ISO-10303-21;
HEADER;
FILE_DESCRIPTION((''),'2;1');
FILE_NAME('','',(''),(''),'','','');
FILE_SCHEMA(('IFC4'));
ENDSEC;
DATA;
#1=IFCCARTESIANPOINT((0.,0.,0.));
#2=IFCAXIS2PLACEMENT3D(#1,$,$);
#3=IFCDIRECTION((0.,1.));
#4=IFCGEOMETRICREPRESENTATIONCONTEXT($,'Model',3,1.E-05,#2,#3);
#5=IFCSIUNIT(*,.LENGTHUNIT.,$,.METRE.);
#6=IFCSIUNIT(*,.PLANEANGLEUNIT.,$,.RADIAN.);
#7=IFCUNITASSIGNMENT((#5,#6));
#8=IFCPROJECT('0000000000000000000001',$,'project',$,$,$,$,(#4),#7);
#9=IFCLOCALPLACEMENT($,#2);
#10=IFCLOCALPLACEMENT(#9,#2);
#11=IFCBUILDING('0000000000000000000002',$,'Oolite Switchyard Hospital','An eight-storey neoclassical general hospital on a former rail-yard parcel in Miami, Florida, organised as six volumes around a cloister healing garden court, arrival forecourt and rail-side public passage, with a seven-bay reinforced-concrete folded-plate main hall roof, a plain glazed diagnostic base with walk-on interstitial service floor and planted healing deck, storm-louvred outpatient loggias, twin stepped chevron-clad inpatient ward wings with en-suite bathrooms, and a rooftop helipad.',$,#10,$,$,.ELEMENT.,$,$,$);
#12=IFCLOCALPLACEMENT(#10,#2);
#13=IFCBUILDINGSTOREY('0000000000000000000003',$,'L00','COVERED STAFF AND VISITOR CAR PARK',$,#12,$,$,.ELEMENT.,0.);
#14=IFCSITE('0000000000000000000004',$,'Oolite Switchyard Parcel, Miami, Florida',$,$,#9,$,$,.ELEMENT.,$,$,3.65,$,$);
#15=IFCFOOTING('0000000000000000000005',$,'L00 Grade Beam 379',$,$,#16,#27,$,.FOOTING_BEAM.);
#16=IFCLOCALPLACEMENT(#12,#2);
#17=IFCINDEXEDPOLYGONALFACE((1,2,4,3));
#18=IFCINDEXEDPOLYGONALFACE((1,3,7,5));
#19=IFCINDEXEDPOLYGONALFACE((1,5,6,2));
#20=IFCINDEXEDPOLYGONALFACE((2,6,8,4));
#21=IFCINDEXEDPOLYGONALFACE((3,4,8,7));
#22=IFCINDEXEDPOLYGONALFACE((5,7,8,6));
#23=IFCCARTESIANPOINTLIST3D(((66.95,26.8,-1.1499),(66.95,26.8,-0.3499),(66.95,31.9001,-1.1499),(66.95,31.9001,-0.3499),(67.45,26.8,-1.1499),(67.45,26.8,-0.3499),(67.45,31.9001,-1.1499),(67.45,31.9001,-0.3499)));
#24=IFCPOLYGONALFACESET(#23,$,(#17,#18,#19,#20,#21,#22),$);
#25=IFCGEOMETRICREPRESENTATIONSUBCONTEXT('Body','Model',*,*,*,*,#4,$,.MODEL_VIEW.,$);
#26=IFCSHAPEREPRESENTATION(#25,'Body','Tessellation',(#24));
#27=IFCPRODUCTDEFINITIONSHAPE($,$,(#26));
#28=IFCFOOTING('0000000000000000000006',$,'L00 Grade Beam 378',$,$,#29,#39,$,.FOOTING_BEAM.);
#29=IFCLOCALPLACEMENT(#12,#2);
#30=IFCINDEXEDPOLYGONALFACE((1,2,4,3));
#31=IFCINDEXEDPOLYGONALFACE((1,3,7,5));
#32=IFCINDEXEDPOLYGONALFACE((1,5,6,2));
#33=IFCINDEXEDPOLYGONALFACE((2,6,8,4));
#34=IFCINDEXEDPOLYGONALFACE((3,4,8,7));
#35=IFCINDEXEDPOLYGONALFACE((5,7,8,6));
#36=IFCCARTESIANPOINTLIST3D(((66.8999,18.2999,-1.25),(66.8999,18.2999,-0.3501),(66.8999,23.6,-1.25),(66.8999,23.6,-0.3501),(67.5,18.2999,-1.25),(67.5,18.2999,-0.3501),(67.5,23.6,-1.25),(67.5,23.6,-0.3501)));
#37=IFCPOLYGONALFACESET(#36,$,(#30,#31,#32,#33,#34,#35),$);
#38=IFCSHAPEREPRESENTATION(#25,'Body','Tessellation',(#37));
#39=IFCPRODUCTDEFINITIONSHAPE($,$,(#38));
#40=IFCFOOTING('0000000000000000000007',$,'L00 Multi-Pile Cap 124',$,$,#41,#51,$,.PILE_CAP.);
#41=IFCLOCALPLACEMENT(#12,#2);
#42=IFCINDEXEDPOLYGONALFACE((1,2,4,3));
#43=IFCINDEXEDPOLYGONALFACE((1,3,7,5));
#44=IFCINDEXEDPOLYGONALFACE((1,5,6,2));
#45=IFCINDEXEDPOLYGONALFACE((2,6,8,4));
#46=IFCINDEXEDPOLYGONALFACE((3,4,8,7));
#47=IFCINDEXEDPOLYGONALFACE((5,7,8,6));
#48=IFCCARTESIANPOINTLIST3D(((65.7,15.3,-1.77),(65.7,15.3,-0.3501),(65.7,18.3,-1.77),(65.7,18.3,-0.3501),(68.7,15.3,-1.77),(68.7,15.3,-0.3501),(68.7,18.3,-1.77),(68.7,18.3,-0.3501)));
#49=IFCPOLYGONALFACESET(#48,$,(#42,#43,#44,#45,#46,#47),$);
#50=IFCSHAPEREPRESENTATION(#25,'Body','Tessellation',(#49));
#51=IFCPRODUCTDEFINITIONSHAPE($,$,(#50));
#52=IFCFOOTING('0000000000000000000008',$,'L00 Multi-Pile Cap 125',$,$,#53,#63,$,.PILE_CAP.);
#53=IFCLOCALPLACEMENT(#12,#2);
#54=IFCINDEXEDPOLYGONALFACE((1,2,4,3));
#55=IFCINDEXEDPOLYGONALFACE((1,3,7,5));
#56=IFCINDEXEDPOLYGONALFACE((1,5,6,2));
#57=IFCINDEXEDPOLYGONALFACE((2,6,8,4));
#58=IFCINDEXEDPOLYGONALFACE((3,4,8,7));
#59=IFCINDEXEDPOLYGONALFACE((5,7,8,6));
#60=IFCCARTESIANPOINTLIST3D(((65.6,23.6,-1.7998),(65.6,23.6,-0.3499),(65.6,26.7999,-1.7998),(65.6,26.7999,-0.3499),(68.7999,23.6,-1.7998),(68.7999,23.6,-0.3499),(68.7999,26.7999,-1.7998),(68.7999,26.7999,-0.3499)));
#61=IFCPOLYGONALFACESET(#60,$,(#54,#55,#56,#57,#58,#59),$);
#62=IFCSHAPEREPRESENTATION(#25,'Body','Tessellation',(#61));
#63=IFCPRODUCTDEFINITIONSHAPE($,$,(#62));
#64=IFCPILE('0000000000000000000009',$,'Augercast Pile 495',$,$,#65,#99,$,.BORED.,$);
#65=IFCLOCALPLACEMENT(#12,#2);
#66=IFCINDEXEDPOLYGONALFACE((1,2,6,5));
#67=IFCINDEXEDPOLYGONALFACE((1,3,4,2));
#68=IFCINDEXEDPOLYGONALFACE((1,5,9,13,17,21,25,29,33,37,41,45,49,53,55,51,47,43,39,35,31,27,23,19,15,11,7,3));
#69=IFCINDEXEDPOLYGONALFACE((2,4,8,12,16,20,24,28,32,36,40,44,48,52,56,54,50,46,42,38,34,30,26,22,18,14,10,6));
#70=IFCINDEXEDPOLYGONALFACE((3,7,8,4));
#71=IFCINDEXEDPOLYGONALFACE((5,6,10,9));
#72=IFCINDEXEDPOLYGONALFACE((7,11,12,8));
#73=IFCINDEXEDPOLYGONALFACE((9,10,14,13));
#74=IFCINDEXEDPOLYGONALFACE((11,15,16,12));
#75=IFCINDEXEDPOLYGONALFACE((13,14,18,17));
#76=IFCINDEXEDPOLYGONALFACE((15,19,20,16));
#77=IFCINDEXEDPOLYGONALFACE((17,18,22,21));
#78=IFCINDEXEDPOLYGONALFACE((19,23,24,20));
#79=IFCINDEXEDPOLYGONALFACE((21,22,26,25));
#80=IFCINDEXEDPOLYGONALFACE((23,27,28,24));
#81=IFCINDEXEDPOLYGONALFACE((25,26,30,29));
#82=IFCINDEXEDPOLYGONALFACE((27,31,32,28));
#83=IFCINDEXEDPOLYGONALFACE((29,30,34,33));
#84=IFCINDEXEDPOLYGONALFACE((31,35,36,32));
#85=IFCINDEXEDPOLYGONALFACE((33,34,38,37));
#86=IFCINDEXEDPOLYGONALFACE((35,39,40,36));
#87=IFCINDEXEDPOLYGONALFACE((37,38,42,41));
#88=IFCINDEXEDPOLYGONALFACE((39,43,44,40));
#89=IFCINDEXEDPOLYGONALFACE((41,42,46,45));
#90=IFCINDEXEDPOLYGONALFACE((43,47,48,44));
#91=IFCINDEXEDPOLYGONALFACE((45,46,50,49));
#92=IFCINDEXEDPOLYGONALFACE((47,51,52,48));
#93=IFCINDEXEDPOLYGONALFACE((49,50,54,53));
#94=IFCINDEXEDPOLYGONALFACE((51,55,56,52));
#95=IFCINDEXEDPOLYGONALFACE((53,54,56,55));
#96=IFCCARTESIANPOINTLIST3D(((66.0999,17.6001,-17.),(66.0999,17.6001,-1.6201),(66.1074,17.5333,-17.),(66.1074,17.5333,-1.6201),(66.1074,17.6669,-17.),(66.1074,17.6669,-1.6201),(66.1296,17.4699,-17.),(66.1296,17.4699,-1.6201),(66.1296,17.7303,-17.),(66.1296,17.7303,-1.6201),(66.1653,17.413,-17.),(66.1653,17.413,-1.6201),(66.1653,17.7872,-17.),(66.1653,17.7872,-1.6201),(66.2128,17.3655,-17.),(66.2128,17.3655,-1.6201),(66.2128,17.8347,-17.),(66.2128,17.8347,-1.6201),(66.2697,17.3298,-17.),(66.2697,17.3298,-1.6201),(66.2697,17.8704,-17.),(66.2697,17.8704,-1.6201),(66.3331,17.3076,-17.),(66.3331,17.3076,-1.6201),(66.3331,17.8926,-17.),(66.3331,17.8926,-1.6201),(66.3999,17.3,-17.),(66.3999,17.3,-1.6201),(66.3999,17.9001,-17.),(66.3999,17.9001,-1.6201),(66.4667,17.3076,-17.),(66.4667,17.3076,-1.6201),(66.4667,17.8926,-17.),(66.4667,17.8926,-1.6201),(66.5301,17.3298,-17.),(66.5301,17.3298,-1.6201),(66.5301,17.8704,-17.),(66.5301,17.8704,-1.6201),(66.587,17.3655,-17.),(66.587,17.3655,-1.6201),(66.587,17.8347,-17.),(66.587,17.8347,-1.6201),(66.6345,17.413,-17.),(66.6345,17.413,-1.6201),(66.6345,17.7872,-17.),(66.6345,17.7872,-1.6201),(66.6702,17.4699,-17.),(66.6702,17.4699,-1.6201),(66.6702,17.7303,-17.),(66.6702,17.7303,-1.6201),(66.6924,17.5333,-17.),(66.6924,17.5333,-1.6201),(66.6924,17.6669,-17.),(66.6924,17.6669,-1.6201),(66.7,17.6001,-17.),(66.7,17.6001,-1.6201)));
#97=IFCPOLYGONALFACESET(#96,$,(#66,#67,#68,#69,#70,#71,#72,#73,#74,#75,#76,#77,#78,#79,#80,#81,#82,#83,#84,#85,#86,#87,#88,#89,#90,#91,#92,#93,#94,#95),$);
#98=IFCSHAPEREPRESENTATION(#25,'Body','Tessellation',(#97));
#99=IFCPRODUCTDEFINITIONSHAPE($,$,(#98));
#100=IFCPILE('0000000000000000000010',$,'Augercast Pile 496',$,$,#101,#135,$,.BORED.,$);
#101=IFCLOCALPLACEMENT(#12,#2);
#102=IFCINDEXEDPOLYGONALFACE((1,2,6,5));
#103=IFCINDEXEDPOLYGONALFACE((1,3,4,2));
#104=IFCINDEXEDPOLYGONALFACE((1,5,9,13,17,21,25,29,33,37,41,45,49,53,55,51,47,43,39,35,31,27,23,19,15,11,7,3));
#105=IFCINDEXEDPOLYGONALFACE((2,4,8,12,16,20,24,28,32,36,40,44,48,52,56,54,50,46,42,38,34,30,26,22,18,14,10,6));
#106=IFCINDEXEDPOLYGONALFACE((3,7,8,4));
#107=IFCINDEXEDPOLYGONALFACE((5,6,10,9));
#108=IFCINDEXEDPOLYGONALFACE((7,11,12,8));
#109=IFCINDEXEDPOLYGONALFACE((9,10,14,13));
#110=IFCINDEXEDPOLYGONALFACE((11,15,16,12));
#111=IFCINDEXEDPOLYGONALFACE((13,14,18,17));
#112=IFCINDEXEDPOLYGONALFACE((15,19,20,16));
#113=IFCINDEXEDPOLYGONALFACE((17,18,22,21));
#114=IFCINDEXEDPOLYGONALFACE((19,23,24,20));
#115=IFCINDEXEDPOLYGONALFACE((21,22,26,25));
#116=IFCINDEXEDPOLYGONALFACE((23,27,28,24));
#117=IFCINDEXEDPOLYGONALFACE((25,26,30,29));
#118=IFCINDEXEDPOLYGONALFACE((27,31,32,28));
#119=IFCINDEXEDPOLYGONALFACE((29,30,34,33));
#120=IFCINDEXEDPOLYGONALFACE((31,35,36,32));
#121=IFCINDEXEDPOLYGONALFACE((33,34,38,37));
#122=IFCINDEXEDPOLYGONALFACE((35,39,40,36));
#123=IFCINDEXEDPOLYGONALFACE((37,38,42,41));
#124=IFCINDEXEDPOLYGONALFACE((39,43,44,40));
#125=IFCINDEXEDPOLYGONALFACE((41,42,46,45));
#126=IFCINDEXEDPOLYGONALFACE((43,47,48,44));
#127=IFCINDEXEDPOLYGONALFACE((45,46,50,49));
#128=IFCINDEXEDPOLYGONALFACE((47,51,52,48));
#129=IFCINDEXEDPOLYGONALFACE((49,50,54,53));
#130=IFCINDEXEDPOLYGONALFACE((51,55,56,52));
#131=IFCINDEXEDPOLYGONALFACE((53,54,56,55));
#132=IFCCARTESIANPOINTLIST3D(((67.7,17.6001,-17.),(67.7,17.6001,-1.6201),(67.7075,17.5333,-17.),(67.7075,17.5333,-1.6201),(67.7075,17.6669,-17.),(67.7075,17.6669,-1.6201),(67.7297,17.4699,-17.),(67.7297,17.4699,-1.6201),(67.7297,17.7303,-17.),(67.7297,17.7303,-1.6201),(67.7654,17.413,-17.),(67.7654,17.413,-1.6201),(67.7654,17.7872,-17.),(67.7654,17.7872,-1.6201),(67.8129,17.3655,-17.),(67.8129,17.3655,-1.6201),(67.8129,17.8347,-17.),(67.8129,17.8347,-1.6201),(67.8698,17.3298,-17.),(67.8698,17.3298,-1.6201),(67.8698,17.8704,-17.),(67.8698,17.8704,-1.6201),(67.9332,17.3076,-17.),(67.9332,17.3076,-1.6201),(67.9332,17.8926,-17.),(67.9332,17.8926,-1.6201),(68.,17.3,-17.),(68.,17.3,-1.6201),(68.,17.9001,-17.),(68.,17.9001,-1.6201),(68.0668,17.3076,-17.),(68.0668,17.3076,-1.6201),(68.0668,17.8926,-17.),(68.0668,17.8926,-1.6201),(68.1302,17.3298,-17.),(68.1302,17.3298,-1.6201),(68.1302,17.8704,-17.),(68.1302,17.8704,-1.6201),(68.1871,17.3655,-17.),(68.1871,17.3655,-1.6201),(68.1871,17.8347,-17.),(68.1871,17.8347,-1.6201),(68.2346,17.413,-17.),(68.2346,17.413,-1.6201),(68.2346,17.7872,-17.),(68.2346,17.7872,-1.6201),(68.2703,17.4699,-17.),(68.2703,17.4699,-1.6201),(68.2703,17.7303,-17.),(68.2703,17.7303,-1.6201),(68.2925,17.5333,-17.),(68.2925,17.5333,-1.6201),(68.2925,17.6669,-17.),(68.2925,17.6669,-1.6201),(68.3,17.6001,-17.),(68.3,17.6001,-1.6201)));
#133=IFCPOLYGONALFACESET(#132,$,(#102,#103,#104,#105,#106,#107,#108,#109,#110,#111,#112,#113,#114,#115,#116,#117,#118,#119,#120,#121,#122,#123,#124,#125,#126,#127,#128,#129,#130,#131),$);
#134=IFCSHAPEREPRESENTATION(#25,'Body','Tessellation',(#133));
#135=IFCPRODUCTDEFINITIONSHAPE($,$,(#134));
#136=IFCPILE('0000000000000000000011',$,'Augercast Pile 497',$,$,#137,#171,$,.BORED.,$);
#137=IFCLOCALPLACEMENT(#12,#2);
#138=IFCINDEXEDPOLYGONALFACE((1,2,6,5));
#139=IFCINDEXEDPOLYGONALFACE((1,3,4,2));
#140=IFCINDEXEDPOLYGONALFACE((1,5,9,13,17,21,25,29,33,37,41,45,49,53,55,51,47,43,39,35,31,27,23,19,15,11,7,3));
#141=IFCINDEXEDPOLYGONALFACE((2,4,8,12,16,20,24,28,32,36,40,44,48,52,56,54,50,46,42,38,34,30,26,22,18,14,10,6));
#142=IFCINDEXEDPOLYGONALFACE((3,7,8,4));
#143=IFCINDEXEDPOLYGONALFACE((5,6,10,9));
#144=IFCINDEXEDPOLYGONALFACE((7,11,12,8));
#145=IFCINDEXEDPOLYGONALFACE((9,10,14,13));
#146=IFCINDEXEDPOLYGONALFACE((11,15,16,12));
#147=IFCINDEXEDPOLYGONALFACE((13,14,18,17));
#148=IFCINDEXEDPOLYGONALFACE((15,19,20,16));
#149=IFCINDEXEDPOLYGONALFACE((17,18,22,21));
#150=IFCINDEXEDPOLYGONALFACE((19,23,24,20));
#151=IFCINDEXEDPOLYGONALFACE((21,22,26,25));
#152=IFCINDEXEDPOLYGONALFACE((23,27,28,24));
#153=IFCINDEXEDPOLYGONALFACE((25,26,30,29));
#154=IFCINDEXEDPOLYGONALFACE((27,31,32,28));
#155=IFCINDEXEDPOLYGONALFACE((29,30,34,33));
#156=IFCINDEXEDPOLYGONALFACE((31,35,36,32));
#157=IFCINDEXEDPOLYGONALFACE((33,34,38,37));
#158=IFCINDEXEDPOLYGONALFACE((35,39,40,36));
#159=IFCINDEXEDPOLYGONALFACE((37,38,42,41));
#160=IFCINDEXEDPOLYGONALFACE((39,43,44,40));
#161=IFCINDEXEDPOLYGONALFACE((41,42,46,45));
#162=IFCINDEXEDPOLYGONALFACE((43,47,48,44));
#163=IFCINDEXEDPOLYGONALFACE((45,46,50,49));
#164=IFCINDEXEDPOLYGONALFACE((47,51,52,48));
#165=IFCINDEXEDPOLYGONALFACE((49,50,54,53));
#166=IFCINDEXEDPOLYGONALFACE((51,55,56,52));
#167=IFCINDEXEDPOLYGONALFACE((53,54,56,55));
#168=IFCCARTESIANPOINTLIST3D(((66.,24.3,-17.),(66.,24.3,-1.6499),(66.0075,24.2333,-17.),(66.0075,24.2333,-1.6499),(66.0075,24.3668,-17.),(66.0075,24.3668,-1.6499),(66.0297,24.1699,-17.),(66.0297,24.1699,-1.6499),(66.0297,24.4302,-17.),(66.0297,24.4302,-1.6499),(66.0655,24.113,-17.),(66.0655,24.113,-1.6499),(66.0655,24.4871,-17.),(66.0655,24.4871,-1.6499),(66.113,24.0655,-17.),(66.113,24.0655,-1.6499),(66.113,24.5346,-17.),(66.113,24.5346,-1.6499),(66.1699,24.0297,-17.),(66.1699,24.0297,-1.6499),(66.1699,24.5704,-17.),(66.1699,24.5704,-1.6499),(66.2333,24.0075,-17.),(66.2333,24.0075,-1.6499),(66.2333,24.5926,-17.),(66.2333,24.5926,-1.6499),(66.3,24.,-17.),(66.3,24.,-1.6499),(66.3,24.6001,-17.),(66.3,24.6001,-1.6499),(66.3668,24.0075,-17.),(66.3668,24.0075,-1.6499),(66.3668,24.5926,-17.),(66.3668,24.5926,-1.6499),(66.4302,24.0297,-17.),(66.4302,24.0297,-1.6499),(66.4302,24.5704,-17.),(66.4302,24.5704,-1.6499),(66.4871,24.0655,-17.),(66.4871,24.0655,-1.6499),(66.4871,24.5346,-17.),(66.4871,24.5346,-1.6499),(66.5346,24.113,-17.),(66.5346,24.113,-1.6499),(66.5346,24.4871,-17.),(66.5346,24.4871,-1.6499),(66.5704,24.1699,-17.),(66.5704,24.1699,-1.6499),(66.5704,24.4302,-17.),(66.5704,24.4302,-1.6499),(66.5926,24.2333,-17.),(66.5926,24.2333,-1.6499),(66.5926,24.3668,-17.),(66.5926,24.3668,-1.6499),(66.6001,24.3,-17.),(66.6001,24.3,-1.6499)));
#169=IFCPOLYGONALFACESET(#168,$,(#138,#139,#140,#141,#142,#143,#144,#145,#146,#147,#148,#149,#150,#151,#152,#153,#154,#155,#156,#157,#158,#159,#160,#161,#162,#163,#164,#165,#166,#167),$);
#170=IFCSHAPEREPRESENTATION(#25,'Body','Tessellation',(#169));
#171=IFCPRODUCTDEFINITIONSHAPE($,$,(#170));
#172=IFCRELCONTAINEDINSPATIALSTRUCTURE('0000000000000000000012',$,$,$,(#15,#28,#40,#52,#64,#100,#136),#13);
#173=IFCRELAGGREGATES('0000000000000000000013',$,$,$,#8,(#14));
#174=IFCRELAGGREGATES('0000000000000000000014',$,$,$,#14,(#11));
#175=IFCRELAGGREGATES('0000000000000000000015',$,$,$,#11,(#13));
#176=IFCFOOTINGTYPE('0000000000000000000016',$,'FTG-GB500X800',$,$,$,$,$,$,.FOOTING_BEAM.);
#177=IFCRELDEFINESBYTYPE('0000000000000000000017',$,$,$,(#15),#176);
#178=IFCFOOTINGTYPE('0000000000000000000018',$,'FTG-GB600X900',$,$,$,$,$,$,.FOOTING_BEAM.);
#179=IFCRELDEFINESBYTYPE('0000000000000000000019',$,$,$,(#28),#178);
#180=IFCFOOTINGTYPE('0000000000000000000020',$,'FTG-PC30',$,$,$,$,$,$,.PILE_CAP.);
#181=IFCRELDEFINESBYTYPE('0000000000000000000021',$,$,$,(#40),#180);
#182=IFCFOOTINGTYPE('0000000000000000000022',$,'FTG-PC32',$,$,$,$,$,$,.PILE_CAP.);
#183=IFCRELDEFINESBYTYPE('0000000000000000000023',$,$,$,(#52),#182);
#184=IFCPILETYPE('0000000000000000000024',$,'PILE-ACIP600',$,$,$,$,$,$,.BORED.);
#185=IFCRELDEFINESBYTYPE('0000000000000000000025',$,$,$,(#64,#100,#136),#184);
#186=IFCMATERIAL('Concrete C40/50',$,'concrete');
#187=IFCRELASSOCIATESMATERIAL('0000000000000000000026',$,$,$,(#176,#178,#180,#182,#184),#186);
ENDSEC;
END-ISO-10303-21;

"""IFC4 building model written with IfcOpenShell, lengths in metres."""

from ifc_helpers import new_model, si_unit, direction, frame, origin, origin_2d, place, context, subcontext, project, spatial, rectangle, circle, extrude, material, material_profile, profile_set, type_object, element, save


model = new_model("IFC4")

# Units and contexts
model_context = context("Model", 3, precision=1e-05, world=origin(), true_north=direction((0.0, 1.0)))
body_context = subcontext(model_context, "Body", "Model", "MODEL_VIEW")
ifc_project = project(units=[si_unit("LENGTHUNIT", "METRE"), si_unit("PLANEANGLEUNIT", "RADIAN")], contexts=[model_context])

# Site, building, storey
site_placement = place(None, origin())
site = spatial("IfcSite", under=ifc_project, at=site_placement, Name="Oolite Switchyard Parcel, Miami, Florida", CompositionType="ELEMENT", RefElevation=3.65)
building_placement = place(site_placement, origin())
building = spatial("IfcBuilding", under=site, at=building_placement, Name="Oolite Switchyard Hospital", Description="An eight-storey neoclassical general hospital on a former rail-yard parcel in Miami, Florida, organised as six volumes around a cloister healing garden court, arrival forecourt and rail-side public passage, with a seven-bay reinforced-concrete folded-plate main hall roof, a plain glazed diagnostic base with walk-on interstitial service floor and planted healing deck, storm-louvred outpatient loggias, twin stepped chevron-clad inpatient ward wings with en-suite bathrooms, and a rooftop helipad.", CompositionType="ELEMENT")
storey_placement = place(building_placement, origin())
storey = spatial("IfcBuildingStorey", under=building, at=storey_placement, Name="L00", Description="COVERED STAFF AND VISITOR CAR PARK", CompositionType="ELEMENT", Elevation=0.0)

# Footings
ifc_material_1 = material(Name="Concrete C40/50", Category="concrete")
footing_type_1 = type_object("IfcFootingType", Name="FTG-GB500X800", PredefinedType="FOOTING_BEAM", material=ifc_material_1)
footing_1_placement = place(storey_placement, frame((67.2, 29.3501, -1.1499), z_axis=(0.0, 0.0, 1.0), x_axis=(0.0, 1.0, 0.0)))
element("IfcFooting", 1, at=footing_1_placement, inside=storey, type_object=footing_type_1, Name="L00 Grade Beam 379", PredefinedType="FOOTING_BEAM", context=body_context, shape_type="SweptSolid", body=[
    extrude(rectangle(XDim=5.1001, YDim=0.5, at=origin_2d()), origin(), (0.0, 0.0, 1.0), 0.8),
])
footing_type_2 = type_object("IfcFootingType", Name="FTG-GB600X900", PredefinedType="FOOTING_BEAM", material=ifc_material_1)
footing_2_placement = place(storey_placement, frame((67.2, 20.95, -1.25), z_axis=(0.0, 0.0, 1.0), x_axis=(0.0, 1.0, 0.0)))
element("IfcFooting", 2, at=footing_2_placement, inside=storey, type_object=footing_type_2, Name="L00 Grade Beam 378", PredefinedType="FOOTING_BEAM", context=body_context, shape_type="SweptSolid", body=[
    extrude(rectangle(XDim=5.3, YDim=0.6001, at=origin_2d()), origin(), (0.0, 0.0, 1.0), 0.8999),
])
footing_type_3 = type_object("IfcFootingType", Name="FTG-PC30", PredefinedType="PILE_CAP", material=ifc_material_1)
footing_3_placement = place(storey_placement, frame((67.2, 16.8, -1.77), z_axis=(0.0, 0.0, 1.0), x_axis=(1.0, 0.0, 0.0)))
element("IfcFooting", 3, at=footing_3_placement, inside=storey, type_object=footing_type_3, Name="L00 Multi-Pile Cap 124", PredefinedType="PILE_CAP", context=body_context, shape_type="SweptSolid", body=[
    extrude(rectangle(XDim=3.0, YDim=3.0, at=origin_2d()), origin(), (0.0, 0.0, 1.0), 1.4199),
])
footing_type_4 = type_object("IfcFootingType", Name="FTG-PC32", PredefinedType="PILE_CAP", material=ifc_material_1)
footing_4_placement = place(storey_placement, frame((67.2, 25.2, -1.7998), z_axis=(0.0, 0.0, 1.0), x_axis=(1.0, 0.0, 0.0)))
element("IfcFooting", 4, at=footing_4_placement, inside=storey, type_object=footing_type_4, Name="L00 Multi-Pile Cap 125", PredefinedType="PILE_CAP", context=body_context, shape_type="SweptSolid", body=[
    extrude(rectangle(XDim=3.2, YDim=3.2, at=origin_2d()), origin(), (0.0, 0.0, 1.0), 1.45),
])

# Piles
ifc_material_profile_1 = material_profile(ifc_material_1, circle(Radius=0.3, at=origin_2d()), Name="PILE600")
ifc_profile_set_1 = profile_set([ifc_material_profile_1], Name="Concrete C40/50")
pile_type = type_object("IfcPileType", Name="PILE-ACIP600", PredefinedType="BORED", material=ifc_profile_set_1)
for number, where, z_axis, x_axis, name in (
    (5, (66.3999, 17.6001, -1.6201), (0.0, 0.0, -1.0), (1.0, 0.0, 0.0), "Augercast Pile 495"),
    (6, (68.0, 17.6001, -1.6201), (0.0, 0.0, -1.0), (1.0, 0.0, 0.0), "Augercast Pile 496"),
):
    element("IfcPile", number, at=place(storey_placement, frame(where, z_axis=z_axis, x_axis=x_axis)), inside=storey, type_object=pile_type, Name=name, PredefinedType="BORED", context=body_context, shape_type="SweptSolid", body=[
        extrude(circle(Radius=0.3, at=origin_2d()), origin(), (0.0, 0.0, 1.0), 15.3799),
    ])
for number, where, z_axis, x_axis, name in (
    (7, (66.3, 24.3, -1.6499), (0.0, 0.0, -1.0), (1.0, 0.0, 0.0), "Augercast Pile 497"),
):
    element("IfcPile", number, at=place(storey_placement, frame(where, z_axis=z_axis, x_axis=x_axis)), inside=storey, type_object=pile_type, Name=name, PredefinedType="BORED", context=body_context, shape_type="SweptSolid", body=[
        extrude(circle(Radius=0.3, at=origin_2d()), origin(), (0.0, 0.0, 1.0), 15.3501),
    ])

save(model, "model.ifc")
